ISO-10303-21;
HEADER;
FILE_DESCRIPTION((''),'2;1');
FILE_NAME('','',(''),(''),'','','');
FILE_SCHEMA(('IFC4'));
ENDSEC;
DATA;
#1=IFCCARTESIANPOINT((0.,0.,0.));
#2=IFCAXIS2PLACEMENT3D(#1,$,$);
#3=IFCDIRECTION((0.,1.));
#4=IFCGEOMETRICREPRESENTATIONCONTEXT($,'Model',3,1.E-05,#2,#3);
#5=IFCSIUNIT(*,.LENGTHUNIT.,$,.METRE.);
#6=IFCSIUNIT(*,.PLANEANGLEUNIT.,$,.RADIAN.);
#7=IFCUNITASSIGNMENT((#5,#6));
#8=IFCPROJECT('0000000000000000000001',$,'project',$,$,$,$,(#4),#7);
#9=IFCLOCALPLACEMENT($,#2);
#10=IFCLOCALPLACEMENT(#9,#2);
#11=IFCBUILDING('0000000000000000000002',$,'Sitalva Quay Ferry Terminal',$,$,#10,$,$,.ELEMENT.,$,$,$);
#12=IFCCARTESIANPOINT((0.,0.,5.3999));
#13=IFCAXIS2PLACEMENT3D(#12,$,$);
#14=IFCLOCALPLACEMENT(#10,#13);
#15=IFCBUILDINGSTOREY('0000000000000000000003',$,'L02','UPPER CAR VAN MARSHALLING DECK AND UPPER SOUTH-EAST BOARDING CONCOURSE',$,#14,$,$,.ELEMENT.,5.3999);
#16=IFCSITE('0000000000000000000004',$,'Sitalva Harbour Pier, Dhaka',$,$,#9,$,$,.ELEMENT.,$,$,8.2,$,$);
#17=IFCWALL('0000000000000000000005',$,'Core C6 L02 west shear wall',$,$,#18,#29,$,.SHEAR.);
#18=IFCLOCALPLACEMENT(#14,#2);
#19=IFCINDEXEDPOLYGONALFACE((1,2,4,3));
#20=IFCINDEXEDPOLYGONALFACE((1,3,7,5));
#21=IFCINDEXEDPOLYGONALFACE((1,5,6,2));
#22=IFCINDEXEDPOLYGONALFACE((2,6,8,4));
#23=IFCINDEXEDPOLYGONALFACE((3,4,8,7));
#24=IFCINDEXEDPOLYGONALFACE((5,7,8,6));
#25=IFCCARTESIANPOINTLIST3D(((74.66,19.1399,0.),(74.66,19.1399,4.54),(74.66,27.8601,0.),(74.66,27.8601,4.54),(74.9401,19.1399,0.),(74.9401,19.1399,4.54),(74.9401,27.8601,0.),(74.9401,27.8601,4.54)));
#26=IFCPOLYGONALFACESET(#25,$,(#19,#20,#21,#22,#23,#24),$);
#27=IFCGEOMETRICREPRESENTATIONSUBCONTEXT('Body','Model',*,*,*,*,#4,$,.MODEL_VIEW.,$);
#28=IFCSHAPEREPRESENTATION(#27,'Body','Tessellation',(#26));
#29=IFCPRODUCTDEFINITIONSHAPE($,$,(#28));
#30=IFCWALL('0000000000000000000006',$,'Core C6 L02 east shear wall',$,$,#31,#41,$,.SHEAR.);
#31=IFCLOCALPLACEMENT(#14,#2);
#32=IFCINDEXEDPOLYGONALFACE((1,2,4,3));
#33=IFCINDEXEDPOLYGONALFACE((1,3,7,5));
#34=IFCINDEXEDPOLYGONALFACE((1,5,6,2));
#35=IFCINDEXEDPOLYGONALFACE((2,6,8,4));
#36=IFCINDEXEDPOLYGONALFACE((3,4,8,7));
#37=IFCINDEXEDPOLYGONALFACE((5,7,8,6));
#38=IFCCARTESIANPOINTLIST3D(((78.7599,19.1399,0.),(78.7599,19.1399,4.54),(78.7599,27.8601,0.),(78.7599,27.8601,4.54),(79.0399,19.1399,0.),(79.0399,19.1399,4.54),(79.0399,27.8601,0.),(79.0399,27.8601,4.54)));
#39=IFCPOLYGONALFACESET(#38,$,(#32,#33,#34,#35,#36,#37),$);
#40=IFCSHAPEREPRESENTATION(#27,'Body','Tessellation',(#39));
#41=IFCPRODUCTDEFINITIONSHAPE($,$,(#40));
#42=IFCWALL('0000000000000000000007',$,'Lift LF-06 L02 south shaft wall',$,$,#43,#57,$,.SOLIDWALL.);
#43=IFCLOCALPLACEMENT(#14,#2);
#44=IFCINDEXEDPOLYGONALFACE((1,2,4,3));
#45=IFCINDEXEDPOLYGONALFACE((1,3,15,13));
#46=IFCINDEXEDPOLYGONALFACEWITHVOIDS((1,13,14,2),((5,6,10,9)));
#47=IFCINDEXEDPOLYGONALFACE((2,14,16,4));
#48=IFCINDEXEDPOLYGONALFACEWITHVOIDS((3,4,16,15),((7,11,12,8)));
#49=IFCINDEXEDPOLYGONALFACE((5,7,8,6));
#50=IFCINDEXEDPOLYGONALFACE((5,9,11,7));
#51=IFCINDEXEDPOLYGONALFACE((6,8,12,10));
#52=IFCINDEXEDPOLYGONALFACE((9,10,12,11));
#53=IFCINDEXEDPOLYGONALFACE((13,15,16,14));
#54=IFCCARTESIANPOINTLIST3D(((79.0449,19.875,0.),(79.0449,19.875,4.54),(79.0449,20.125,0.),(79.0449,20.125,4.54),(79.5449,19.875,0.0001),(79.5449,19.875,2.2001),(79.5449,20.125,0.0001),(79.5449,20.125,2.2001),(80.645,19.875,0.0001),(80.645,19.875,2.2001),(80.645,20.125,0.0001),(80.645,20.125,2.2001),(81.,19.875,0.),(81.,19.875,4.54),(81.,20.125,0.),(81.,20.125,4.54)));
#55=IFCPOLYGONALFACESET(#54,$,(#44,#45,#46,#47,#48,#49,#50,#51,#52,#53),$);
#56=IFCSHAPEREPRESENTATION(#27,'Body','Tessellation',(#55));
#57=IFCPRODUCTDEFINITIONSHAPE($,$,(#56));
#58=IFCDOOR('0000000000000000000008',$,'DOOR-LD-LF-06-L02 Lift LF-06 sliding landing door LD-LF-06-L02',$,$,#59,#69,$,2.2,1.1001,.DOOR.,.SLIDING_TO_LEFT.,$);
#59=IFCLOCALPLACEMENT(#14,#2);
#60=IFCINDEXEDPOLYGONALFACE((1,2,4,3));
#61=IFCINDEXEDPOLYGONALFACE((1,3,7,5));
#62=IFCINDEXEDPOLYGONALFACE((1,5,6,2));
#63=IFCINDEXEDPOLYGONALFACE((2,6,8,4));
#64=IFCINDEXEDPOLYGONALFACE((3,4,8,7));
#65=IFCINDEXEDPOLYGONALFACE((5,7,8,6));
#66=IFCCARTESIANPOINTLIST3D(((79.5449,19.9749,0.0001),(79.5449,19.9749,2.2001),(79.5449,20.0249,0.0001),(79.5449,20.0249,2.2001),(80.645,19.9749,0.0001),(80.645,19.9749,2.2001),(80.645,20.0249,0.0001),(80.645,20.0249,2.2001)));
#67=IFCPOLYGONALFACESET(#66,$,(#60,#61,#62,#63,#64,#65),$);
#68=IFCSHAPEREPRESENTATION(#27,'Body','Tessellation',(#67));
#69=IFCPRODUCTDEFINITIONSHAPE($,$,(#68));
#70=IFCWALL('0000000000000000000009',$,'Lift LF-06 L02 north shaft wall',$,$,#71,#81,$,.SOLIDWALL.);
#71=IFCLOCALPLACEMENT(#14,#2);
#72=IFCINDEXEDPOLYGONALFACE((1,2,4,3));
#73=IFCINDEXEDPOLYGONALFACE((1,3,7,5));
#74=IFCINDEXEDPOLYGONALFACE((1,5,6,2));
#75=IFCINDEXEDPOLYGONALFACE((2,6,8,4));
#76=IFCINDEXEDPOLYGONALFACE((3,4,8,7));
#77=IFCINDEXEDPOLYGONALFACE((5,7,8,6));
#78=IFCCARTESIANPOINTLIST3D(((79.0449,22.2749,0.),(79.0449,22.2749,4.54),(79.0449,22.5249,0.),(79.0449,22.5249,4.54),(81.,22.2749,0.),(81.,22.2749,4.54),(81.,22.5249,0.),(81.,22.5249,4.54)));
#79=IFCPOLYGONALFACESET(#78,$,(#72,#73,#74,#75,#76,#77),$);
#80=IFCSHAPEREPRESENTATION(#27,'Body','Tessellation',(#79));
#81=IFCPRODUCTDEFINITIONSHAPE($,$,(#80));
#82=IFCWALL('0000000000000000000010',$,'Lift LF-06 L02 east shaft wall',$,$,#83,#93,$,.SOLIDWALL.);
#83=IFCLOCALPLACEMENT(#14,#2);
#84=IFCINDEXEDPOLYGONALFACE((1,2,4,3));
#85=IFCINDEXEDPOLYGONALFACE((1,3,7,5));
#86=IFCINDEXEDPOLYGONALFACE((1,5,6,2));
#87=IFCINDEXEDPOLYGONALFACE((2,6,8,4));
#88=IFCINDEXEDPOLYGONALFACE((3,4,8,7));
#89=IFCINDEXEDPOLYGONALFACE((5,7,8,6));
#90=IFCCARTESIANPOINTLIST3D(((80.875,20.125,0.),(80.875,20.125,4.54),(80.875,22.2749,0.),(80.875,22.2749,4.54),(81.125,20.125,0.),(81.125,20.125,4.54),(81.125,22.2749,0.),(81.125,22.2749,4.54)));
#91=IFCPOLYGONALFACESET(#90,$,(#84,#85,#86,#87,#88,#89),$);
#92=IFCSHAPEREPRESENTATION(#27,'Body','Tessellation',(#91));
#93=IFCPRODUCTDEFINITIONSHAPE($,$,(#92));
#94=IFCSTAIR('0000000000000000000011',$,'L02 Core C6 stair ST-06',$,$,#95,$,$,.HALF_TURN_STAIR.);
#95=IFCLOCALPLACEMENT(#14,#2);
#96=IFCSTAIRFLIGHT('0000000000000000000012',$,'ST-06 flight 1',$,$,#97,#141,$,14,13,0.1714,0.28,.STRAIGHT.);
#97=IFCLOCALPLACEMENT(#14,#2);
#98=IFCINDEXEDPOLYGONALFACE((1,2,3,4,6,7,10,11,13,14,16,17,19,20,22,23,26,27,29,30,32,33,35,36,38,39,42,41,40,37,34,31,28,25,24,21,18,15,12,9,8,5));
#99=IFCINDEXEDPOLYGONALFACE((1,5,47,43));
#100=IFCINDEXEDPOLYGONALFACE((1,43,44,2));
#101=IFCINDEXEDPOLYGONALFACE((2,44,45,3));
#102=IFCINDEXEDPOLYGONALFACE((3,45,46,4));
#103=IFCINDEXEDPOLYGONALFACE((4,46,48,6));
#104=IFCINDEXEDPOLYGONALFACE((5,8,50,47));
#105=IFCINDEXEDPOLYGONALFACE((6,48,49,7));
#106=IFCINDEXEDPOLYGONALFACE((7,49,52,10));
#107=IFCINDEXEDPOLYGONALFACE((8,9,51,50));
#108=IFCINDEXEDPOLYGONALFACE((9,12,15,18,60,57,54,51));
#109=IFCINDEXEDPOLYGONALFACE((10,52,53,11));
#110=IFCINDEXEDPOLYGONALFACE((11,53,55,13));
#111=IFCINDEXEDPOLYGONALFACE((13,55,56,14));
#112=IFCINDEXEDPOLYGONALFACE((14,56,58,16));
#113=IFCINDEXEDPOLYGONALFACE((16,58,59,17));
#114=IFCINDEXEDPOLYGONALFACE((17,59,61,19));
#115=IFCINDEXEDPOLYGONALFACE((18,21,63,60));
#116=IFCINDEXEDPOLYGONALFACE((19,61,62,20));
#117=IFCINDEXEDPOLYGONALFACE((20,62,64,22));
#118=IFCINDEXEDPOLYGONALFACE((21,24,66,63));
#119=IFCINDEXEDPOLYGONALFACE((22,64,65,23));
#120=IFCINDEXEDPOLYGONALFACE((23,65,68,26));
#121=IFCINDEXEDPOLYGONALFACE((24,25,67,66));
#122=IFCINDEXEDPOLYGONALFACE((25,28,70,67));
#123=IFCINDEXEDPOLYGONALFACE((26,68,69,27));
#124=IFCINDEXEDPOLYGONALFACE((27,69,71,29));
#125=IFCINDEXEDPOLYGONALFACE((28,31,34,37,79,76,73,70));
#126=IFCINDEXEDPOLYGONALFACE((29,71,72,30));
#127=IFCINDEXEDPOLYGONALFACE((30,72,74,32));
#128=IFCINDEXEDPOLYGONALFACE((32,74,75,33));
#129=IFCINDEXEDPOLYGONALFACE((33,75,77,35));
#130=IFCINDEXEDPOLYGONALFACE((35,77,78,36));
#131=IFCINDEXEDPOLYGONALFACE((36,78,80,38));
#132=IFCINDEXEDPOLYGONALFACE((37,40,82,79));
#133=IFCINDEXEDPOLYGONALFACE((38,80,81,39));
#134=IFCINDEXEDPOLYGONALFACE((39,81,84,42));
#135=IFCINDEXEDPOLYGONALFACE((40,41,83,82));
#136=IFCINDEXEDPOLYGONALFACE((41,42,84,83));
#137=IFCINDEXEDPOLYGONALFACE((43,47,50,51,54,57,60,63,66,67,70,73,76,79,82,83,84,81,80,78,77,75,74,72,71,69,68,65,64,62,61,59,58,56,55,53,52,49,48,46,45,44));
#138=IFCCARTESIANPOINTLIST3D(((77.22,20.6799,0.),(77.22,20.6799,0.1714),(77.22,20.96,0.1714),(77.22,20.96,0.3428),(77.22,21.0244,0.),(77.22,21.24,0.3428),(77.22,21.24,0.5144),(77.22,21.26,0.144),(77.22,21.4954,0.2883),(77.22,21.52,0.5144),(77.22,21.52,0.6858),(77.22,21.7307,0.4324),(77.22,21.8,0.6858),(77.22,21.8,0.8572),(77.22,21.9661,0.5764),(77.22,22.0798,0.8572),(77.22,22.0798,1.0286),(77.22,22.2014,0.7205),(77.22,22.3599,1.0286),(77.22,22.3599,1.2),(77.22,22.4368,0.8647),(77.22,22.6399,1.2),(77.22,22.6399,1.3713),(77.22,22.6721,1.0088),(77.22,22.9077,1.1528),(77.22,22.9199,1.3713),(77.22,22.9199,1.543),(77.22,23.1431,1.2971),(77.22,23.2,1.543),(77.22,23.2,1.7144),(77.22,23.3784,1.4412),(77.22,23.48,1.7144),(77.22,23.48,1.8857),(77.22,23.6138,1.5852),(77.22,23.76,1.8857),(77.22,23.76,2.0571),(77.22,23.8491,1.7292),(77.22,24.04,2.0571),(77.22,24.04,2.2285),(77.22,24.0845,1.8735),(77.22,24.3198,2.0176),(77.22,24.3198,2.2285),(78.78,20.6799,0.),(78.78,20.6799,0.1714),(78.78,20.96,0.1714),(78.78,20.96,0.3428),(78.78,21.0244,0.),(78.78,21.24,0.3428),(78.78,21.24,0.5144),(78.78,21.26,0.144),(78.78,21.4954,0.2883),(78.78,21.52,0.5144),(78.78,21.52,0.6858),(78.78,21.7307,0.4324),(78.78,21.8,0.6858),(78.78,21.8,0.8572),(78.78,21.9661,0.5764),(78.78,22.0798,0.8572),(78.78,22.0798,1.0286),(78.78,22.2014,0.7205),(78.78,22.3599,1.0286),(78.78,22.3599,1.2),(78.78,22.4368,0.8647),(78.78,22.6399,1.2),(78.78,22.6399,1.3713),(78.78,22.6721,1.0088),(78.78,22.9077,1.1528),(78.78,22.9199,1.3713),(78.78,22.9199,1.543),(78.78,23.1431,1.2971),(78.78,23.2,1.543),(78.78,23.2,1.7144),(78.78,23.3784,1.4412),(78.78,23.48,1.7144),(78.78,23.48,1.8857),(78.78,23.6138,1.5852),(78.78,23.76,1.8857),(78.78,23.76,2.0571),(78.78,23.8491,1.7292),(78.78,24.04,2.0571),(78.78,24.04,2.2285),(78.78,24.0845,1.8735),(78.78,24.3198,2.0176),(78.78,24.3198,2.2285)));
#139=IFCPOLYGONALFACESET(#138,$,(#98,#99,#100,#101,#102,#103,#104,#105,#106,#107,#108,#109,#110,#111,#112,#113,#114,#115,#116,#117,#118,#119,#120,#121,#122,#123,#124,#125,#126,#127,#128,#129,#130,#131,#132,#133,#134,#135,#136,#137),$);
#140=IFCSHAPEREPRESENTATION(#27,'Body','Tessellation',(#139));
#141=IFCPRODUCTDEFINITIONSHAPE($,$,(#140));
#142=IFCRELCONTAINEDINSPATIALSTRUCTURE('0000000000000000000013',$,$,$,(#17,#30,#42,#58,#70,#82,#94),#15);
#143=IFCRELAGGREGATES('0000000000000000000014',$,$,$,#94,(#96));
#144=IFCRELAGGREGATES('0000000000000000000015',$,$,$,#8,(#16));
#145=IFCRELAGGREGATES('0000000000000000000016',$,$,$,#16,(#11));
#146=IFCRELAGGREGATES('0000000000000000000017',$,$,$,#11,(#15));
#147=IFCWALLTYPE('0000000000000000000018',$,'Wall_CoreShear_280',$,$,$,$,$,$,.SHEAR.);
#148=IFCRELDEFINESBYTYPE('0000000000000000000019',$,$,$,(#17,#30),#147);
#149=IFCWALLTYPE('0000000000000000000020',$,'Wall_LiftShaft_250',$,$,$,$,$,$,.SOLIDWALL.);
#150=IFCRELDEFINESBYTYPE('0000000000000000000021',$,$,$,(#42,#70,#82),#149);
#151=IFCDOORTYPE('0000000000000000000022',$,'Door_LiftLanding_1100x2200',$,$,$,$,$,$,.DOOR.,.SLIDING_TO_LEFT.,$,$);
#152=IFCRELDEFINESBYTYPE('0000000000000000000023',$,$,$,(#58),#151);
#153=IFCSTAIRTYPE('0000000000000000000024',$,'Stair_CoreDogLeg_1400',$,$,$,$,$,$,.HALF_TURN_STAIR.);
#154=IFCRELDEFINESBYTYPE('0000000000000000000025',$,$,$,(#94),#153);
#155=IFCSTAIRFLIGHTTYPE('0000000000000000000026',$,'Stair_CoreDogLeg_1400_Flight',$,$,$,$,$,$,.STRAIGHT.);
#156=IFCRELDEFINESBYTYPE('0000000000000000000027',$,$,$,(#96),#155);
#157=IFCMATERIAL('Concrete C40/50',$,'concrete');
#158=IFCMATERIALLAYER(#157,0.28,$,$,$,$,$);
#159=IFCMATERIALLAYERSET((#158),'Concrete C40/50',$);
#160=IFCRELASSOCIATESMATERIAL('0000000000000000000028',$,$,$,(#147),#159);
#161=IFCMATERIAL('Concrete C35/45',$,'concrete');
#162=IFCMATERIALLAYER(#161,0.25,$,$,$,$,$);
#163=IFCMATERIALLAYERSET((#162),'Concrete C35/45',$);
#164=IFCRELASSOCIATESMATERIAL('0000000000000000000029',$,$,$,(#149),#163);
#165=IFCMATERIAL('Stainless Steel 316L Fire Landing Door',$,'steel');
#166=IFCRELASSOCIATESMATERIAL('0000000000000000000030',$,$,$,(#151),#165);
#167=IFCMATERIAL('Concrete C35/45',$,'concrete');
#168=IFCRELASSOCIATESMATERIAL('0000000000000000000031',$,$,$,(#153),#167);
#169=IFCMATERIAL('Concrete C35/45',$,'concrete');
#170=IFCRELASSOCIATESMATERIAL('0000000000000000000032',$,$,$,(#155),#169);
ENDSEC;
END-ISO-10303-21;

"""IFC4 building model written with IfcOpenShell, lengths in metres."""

from ifc_helpers import new_model, si_unit, direction, frame, frame_2d, origin, place, context, subcontext, project, spatial, polyline, rectangle, outline, extrude, material, layer, layer_set, type_object, element, fill, aggregate, save


model = new_model("IFC4")

# Units and contexts
model_context = context("Model", 3, precision=1e-05, world=origin(), true_north=direction((0.0, 1.0)))
body_context = subcontext(model_context, "Body", "Model", "MODEL_VIEW")
ifc_project = project(units=[si_unit("LENGTHUNIT", "METRE"), si_unit("PLANEANGLEUNIT", "RADIAN")], contexts=[model_context])

# Site, building, storey
site_placement = place(None, origin())
site = spatial("IfcSite", under=ifc_project, at=site_placement, Name="Sitalva Harbour Pier, Dhaka", CompositionType="ELEMENT", RefElevation=8.2)
building_placement = place(site_placement, origin())
building = spatial("IfcBuilding", under=site, at=building_placement, Name="Sitalva Quay Ferry Terminal", CompositionType="ELEMENT")
storey_placement = place(building_placement, frame((0.0, 0.0, 5.3999)))
storey = spatial("IfcBuildingStorey", under=building, at=storey_placement, Name="L02", Description="UPPER CAR VAN MARSHALLING DECK AND UPPER SOUTH-EAST BOARDING CONCOURSE", CompositionType="ELEMENT", Elevation=5.3999)

# Walls
ifc_material_1 = material(Name="Concrete C40/50", Category="concrete")
ifc_layer_1 = layer(ifc_material_1, 0.28)
ifc_layer_set_1 = layer_set([ifc_layer_1], Name="Concrete C40/50")
wall_type_1 = type_object("IfcWallType", Name="Wall_CoreShear_280", PredefinedType="SHEAR", material=ifc_layer_set_1)
for number, where, z_axis, x_axis, name in (
    (1, (74.8, 19.1399, 0.0), (0.0, 0.0, 1.0), (0.0, 1.0, 0.0), "Core C6 L02 west shear wall"),
    (2, (78.8999, 19.1399, 0.0), (0.0, 0.0, 1.0), (0.0, 1.0, 0.0), "Core C6 L02 east shear wall"),
):
    element("IfcWall", number, at=place(storey_placement, frame(where, z_axis=z_axis, x_axis=x_axis)), inside=storey, type_object=wall_type_1, Name=name, PredefinedType="SHEAR", context=body_context, shape_type="SweptSolid", body=[
        extrude(rectangle(XDim=8.7202, YDim=0.28, at=frame_2d((4.3601, 0.0))), origin(), (0.0, 0.0, 1.0), 4.54),
    ])

# Wall, opening, door
ifc_material_2 = material(Name="Concrete C35/45", Category="concrete")
ifc_layer_2 = layer(ifc_material_2, 0.25)
ifc_layer_set_2 = layer_set([ifc_layer_2], Name="Concrete C35/45")
wall_type_2 = type_object("IfcWallType", Name="Wall_LiftShaft_250", PredefinedType="SOLIDWALL", material=ifc_layer_set_2)
wall_1_placement = place(storey_placement, frame((79.0449, 20.0, 0.0), z_axis=(0.0, 0.0, 1.0), x_axis=(1.0, 0.0, 0.0)))
wall_1 = element("IfcWall", 3, at=wall_1_placement, inside=storey, type_object=wall_type_2, Name="Lift LF-06 L02 south shaft wall", PredefinedType="SOLIDWALL", context=body_context, shape_type="SweptSolid", body=[
    extrude(rectangle(XDim=1.9551, YDim=0.25, at=frame_2d((0.9775, 0.0))), origin(), (0.0, 0.0, 1.0), 4.54),
])
opening_placement = place(wall_1_placement, frame((0.5, 0.0, 0.0)))
opening = element("IfcOpeningElement", 4, at=opening_placement, cuts=wall_1, PredefinedType="OPENING", context=body_context, shape_type="SweptSolid", body=[
    extrude(rectangle(XDim=1.1001, YDim=2.2, at=frame_2d((0.55, 1.1001))), frame((0.0, 0.135, 0.0), z_axis=(0.0, -1.0, 0.0), x_axis=(1.0, 0.0, 0.0)), (0.0, 0.0, 1.0), 0.27),
])
ifc_material_3 = material(Name="Stainless Steel 316L Fire Landing Door", Category="steel")
door_type = type_object("IfcDoorType", Name="Door_LiftLanding_1100x2200", OperationType="SLIDING_TO_LEFT", PredefinedType="DOOR", material=ifc_material_3)
door_placement = place(opening_placement, origin())
door = element("IfcDoor", 5, at=door_placement, inside=storey, type_object=door_type, Name="DOOR-LD-LF-06-L02 Lift LF-06 sliding landing door LD-LF-06-L02", OperationType="SLIDING_TO_LEFT", OverallHeight=2.2, OverallWidth=1.1001, PredefinedType="DOOR", context=body_context, shape_type="SweptSolid", body=[
    extrude(rectangle(XDim=1.1001, YDim=2.2, at=frame_2d((0.55, 1.1001))), frame((0.0, 0.0249, 0.0), z_axis=(0.0, -1.0, 0.0), x_axis=(1.0, 0.0, 0.0)), (0.0, 0.0, 1.0), 0.05),
])
fill(opening, door)

# Walls
wall_2_placement = place(storey_placement, frame((79.0449, 22.3999, 0.0), z_axis=(0.0, 0.0, 1.0), x_axis=(1.0, 0.0, 0.0)))
element("IfcWall", 6, at=wall_2_placement, inside=storey, type_object=wall_type_2, Name="Lift LF-06 L02 north shaft wall", PredefinedType="SOLIDWALL", context=body_context, shape_type="SweptSolid", body=[
    extrude(rectangle(XDim=1.9551, YDim=0.25, at=frame_2d((0.9775, 0.0))), origin(), (0.0, 0.0, 1.0), 4.54),
])
wall_3_placement = place(storey_placement, frame((81.0, 20.125, 0.0), z_axis=(0.0, 0.0, 1.0), x_axis=(0.0, 1.0, 0.0)))
element("IfcWall", 7, at=wall_3_placement, inside=storey, type_object=wall_type_2, Name="Lift LF-06 L02 east shaft wall", PredefinedType="SOLIDWALL", context=body_context, shape_type="SweptSolid", body=[
    extrude(rectangle(XDim=2.1499, YDim=0.25, at=frame_2d((1.075, 0.0))), origin(), (0.0, 0.0, 1.0), 4.54),
])

# Stair, stair flight
ifc_material_4 = material(Name="Concrete C35/45", Category="concrete")
stair_type = type_object("IfcStairType", Name="Stair_CoreDogLeg_1400", PredefinedType="HALF_TURN_STAIR", material=ifc_material_4)
stair_placement = place(storey_placement, origin())
stair = element("IfcStair", 8, at=stair_placement, inside=storey, type_object=stair_type, Name="L02 Core C6 stair ST-06", PredefinedType="HALF_TURN_STAIR")
ifc_material_5 = material(Name="Concrete C35/45", Category="concrete")
stair_flight_type = type_object("IfcStairFlightType", Name="Stair_CoreDogLeg_1400_Flight", PredefinedType="STRAIGHT", material=ifc_material_5)
stair_flight_placement = place(storey_placement, frame((78.0, 20.6799, 0.0), z_axis=(0.0, 0.0, 1.0), x_axis=(0.0, 1.0, 0.0)))
stair_flight = element("IfcStairFlight", 9, at=stair_flight_placement, type_object=stair_flight_type, Name="ST-06 flight 1", NumberOfRisers=14, NumberOfTreads=13, PredefinedType="STRAIGHT", RiserHeight=0.1714, TreadLength=0.28, context=body_context, shape_type="SweptSolid", body=[
    extrude(outline(polyline([(0.0, 0.0), (0.0, 0.1714), (0.28, 0.1714), (0.28, 0.3428), (0.5601, 0.3428), (0.5601, 0.5144), (0.8401, 0.5144), (0.8401, 0.6858), (1.1201, 0.6858), (1.1201, 0.8572), (1.3999, 0.8572), (1.3999, 1.0286), (1.6799, 1.0286), (1.6799, 1.2), (1.96, 1.2), (1.96, 1.3713), (2.24, 1.3713), (2.24, 1.543), (2.52, 1.543), (2.52, 1.7144), (2.8, 1.7144), (2.8, 1.8857), (3.0801, 1.8857), (3.0801, 2.0571), (3.3601, 2.0571), (3.3601, 2.2285), (3.6399, 2.2285), (3.6399, 2.3999), (3.6399, 2.0176), (3.4045, 1.8735), (3.1692, 1.7292), (2.9338, 1.5852), (2.6985, 1.4412), (2.4631, 1.2971), (2.2278, 1.1528), (1.9922, 1.0088), (1.7568, 0.8647), (1.5215, 0.7205), (1.2861, 0.5764), (1.0508, 0.4324), (0.8154, 0.2883), (0.5801, 0.144), (0.3445, 0.0), (0.0, 0.0)])), frame((0.0, 0.78, 0.0), z_axis=(0.0, -1.0, 0.0), x_axis=(1.0, 0.0, 0.0)), (0.0, 0.0, 1.0), 1.5601),
])
aggregate(stair, [stair_flight])

save(model, "model.ifc")
